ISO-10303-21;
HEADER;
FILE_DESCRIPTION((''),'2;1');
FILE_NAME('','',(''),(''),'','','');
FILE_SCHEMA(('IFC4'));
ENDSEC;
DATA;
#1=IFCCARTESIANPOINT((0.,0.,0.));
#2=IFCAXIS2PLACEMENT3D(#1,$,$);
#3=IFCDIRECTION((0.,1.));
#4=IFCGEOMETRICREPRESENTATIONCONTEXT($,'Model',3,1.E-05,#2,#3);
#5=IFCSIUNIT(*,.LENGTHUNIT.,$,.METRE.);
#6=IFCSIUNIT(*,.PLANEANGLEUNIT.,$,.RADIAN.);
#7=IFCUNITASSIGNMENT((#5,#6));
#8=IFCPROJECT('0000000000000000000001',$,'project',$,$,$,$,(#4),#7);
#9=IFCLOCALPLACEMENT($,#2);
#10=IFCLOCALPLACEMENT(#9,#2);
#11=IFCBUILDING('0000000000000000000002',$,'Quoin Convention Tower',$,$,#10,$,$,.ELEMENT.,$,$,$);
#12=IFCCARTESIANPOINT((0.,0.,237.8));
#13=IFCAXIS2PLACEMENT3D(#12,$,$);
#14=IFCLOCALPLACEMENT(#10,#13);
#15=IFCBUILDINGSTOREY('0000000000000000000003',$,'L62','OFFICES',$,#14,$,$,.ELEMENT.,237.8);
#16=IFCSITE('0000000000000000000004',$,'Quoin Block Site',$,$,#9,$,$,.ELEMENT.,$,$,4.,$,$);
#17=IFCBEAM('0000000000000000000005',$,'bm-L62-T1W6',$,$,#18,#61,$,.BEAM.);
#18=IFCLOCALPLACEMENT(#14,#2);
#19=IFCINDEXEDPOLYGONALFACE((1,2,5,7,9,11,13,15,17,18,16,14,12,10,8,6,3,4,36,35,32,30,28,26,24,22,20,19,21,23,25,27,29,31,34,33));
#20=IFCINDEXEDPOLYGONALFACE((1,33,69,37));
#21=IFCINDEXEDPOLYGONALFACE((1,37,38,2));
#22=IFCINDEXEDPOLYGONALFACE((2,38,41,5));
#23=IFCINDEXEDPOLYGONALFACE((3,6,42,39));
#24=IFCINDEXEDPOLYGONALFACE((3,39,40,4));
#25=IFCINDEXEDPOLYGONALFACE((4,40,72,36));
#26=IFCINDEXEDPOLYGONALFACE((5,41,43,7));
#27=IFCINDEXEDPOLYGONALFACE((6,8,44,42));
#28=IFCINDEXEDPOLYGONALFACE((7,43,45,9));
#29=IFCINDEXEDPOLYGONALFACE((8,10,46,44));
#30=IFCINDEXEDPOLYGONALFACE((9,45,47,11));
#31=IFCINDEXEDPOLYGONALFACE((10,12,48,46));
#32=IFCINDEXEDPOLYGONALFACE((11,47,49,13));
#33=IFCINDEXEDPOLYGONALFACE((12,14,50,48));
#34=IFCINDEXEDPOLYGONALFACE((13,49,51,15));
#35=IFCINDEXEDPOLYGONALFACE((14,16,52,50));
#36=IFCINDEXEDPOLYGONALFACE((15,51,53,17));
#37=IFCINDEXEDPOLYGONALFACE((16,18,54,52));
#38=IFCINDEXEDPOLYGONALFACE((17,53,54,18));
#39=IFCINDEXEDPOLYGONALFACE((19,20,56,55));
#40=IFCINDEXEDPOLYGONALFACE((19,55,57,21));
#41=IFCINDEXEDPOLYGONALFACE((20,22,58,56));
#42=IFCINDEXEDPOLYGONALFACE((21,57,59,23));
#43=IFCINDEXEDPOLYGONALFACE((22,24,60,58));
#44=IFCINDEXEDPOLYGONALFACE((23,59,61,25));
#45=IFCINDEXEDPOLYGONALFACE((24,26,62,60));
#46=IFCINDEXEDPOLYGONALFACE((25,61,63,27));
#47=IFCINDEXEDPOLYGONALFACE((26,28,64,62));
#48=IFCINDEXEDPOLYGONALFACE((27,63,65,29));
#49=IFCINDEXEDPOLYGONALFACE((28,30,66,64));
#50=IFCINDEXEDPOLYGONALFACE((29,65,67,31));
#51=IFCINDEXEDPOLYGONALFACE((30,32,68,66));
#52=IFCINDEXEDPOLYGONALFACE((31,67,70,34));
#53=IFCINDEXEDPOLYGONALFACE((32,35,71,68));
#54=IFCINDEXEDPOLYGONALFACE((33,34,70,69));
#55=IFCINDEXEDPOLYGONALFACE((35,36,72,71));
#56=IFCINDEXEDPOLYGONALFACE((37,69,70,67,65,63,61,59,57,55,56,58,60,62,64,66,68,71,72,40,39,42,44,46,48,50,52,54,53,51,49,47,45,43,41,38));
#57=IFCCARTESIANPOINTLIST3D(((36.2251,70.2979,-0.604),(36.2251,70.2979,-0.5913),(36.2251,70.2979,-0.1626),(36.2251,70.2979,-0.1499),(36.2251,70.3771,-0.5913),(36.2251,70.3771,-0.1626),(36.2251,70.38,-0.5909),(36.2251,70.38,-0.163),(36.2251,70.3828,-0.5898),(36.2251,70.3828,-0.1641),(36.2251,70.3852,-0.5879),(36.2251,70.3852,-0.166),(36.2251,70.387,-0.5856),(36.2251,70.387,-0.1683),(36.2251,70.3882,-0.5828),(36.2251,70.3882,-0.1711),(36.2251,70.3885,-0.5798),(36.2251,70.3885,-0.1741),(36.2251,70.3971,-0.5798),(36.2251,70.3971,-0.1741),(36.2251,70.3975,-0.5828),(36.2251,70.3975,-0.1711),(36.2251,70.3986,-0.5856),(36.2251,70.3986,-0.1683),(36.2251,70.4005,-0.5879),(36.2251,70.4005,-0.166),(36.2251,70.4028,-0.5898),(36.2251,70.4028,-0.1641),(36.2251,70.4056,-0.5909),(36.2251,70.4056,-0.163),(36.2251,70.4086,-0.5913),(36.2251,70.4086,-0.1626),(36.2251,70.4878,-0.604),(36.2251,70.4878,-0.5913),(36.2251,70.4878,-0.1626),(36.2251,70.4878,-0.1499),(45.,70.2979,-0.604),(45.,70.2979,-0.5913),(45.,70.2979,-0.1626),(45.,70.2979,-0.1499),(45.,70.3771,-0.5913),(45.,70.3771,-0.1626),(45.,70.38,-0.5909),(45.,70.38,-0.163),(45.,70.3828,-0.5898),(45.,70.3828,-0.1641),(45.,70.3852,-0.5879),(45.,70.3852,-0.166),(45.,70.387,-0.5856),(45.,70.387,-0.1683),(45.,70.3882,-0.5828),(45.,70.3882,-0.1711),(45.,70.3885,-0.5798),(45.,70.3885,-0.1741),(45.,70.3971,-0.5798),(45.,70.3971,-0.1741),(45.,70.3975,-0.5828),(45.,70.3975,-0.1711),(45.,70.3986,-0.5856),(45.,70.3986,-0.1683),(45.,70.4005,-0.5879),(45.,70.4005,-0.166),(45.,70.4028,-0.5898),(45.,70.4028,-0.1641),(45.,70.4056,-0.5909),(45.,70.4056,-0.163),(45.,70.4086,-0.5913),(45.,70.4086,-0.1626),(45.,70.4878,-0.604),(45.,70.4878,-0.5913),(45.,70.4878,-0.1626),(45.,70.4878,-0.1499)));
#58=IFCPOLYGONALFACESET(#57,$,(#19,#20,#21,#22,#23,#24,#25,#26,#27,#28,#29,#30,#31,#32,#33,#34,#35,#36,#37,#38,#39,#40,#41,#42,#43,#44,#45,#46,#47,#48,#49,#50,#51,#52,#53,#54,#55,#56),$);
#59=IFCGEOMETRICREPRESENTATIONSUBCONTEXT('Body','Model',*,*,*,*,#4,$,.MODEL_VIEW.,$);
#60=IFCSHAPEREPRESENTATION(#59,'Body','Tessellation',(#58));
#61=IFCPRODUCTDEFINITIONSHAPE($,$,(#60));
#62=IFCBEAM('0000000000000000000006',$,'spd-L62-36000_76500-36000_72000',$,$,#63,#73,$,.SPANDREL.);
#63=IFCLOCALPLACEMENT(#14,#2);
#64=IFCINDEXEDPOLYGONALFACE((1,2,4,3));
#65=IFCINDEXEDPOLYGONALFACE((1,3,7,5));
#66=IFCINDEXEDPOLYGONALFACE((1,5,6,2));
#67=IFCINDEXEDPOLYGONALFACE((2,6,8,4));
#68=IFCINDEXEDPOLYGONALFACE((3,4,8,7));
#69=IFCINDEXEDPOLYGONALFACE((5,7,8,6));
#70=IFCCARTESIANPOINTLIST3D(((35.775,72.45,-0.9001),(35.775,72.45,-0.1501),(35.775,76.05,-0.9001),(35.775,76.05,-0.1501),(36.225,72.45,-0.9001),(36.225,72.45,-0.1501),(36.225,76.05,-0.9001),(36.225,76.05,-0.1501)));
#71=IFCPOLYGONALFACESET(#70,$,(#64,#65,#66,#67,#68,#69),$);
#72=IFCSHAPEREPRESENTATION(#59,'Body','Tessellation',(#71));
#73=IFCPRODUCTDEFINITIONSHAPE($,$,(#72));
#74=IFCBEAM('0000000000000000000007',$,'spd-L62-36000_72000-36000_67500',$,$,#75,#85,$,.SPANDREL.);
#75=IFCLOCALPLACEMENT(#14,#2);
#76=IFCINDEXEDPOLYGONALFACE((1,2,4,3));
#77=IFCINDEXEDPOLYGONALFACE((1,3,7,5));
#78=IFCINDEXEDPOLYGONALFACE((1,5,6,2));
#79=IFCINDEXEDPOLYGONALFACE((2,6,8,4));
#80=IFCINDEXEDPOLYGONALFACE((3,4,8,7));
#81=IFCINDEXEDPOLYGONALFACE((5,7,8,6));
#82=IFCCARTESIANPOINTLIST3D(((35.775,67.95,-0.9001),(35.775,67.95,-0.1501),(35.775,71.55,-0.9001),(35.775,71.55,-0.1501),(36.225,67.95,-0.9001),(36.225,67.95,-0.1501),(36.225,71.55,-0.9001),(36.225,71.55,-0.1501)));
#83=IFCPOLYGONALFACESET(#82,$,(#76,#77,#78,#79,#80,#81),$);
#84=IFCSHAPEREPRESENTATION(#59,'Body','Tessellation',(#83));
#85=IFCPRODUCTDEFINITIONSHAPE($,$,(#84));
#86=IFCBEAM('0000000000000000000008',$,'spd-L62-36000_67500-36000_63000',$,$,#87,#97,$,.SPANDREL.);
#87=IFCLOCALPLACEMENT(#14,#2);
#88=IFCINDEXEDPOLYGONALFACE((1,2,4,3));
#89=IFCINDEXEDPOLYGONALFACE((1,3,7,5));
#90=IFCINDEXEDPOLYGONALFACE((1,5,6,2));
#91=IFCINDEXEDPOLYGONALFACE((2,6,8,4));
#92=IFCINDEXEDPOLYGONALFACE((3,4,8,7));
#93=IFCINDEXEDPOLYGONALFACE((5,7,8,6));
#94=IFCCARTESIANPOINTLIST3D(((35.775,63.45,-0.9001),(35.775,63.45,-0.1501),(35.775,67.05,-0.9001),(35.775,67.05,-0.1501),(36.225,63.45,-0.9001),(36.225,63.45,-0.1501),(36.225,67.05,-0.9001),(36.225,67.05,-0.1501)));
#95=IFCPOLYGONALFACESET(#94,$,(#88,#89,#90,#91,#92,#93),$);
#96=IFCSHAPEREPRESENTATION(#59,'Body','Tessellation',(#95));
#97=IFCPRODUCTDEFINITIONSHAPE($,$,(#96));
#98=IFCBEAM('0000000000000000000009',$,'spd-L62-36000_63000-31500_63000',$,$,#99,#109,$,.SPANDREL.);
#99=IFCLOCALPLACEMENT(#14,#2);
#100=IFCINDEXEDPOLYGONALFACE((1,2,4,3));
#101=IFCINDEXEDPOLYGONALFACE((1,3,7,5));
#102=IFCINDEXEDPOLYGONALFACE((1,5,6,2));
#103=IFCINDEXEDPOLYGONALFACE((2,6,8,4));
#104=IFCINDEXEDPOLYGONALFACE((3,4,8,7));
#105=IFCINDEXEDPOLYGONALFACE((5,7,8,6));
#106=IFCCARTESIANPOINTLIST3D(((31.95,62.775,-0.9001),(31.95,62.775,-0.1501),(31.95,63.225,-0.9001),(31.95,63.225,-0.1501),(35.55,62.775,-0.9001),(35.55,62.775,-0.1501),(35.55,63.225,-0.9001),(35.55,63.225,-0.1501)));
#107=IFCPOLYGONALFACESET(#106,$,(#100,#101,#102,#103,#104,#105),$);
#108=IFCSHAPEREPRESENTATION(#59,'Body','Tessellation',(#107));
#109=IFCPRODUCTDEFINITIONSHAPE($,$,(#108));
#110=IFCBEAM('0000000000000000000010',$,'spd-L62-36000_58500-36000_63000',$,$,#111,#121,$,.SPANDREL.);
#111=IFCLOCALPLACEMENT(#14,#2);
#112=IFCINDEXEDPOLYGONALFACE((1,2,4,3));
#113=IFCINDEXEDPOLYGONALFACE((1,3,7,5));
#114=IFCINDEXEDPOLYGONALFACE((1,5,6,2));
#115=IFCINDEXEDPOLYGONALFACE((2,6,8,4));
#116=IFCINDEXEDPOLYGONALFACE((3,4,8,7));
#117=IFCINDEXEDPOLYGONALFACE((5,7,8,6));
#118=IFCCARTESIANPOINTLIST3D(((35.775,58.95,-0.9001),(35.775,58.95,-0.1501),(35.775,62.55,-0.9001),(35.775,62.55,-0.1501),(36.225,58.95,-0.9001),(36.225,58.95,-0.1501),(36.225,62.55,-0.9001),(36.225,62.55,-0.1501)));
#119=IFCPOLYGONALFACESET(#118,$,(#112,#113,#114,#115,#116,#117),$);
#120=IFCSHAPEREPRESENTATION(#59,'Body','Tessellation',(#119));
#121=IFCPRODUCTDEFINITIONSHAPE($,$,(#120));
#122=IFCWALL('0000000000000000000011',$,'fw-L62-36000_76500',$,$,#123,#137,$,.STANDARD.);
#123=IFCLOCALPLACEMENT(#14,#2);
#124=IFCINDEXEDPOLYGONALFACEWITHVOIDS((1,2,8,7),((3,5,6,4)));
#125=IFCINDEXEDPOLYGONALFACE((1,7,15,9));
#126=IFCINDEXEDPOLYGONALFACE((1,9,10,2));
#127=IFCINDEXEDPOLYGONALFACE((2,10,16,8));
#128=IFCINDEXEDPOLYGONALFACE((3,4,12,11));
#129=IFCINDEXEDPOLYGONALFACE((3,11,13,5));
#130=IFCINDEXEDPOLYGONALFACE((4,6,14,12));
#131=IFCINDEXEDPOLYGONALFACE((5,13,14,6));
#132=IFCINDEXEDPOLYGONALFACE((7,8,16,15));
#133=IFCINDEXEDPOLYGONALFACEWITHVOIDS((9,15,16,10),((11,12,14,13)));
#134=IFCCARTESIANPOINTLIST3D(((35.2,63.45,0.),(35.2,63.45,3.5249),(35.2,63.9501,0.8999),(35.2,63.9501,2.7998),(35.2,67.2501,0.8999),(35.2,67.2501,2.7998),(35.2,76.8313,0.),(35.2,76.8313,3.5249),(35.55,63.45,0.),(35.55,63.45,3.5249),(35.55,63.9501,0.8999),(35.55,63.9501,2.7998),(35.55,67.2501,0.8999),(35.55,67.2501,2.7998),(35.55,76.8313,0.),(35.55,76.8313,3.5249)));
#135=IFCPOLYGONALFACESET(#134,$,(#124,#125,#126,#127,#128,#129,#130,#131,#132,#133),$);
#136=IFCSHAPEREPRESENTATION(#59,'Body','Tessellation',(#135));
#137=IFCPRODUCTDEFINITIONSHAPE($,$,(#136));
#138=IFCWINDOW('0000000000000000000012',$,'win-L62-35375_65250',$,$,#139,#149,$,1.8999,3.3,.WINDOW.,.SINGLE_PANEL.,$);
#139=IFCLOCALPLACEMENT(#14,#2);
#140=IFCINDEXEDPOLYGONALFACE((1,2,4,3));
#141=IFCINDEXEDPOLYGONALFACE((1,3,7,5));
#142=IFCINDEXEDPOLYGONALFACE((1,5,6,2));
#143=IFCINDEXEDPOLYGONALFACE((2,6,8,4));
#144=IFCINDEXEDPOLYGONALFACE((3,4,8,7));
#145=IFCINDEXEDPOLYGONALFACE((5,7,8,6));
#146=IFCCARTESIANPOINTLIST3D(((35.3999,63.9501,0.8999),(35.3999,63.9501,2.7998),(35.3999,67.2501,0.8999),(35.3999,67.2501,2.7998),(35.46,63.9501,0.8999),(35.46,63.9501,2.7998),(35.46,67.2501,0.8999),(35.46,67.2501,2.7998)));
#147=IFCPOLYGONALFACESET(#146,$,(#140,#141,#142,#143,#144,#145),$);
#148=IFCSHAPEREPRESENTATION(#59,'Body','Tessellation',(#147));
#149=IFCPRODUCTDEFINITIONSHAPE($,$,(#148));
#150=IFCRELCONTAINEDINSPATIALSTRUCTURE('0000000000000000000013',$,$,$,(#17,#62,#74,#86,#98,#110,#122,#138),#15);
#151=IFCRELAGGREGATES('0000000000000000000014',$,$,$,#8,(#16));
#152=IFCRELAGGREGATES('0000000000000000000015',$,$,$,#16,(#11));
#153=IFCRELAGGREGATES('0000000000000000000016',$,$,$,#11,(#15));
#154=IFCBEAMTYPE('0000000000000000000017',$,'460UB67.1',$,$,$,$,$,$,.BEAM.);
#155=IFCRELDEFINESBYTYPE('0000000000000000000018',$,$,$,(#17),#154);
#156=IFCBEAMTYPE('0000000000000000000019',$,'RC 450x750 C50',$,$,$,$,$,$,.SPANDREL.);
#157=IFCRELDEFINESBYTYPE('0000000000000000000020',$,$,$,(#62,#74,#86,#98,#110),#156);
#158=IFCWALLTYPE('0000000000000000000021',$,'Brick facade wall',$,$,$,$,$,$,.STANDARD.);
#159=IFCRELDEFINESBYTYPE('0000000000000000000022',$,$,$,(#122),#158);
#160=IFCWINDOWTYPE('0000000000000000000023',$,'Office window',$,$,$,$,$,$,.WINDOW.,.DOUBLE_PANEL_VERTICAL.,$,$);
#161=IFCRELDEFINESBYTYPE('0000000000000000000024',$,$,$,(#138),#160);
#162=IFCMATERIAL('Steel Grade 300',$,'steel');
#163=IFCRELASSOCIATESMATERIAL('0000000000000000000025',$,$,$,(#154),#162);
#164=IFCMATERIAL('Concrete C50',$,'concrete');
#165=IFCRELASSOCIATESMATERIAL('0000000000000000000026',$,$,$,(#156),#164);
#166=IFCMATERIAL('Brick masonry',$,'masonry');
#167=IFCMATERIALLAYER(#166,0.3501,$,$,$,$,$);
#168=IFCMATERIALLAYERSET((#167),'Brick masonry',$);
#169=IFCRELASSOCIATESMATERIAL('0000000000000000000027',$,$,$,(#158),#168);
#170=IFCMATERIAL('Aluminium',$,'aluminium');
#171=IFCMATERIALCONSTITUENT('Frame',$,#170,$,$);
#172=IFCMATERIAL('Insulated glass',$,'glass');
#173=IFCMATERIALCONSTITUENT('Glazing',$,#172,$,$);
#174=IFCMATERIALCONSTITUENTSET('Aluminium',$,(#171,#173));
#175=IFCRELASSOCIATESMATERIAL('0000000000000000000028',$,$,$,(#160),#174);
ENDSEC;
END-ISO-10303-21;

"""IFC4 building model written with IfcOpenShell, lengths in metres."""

from ifc_helpers import new_model, si_unit, direction, frame, frame_2d, origin, origin_2d, place, context, subcontext, project, spatial, rectangle, i_section, extrude, material, layer, layer_set, constituent, constituent_set, material_profile, profile_set, type_object, element, fill, save


model = new_model("IFC4")

# Units and contexts
model_context = context("Model", 3, precision=1e-05, world=origin(), true_north=direction((0.0, 1.0)))
body_context = subcontext(model_context, "Body", "Model", "MODEL_VIEW")
ifc_project = project(units=[si_unit("LENGTHUNIT", "METRE"), si_unit("PLANEANGLEUNIT", "RADIAN")], contexts=[model_context])

# Site, building, storey
site_placement = place(None, origin())
site = spatial("IfcSite", under=ifc_project, at=site_placement, Name="Quoin Block Site", CompositionType="ELEMENT", RefElevation=4.0)
building_placement = place(site_placement, origin())
building = spatial("IfcBuilding", under=site, at=building_placement, Name="Quoin Convention Tower", CompositionType="ELEMENT")
storey_placement = place(building_placement, frame((0.0, 0.0, 237.8)))
storey = spatial("IfcBuildingStorey", under=building, at=storey_placement, Name="L62", Description="OFFICES", CompositionType="ELEMENT", Elevation=237.8)

# Shared definitions
ifc_material_1 = material(Name="Concrete C50", Category="concrete")

# Beams
ifc_material_2 = material(Name="Steel Grade 300", Category="steel")
ifc_material_profile_1 = material_profile(ifc_material_2, i_section(OverallWidth=0.1899, OverallDepth=0.4541, WebThickness=0.0085, FlangeThickness=0.0127, FilletRadius=0.0115, at=origin_2d()), Name="460UB67.1")
ifc_profile_set_1 = profile_set([ifc_material_profile_1], Name="Steel Grade 300")
beam_type_1 = type_object("IfcBeamType", Name="460UB67.1", PredefinedType="BEAM", material=ifc_profile_set_1)
for number, where, z_axis, x_axis, name in (
    (1, (36.2251, 70.3928, -0.377), (1.0, 0.0, 0.0), (0.0, 1.0, 0.0), "bm-L62-T1W6"),
):
    element("IfcBeam", number, at=place(storey_placement, frame(where, z_axis=z_axis, x_axis=x_axis)), inside=storey, type_object=beam_type_1, Name=name, PredefinedType="BEAM", context=body_context, shape_type="SweptSolid", body=[
        extrude(i_section(OverallWidth=0.1899, OverallDepth=0.4541, WebThickness=0.0085, FlangeThickness=0.0127, FilletRadius=0.0115, at=origin_2d()), origin(), (0.0, 0.0, 1.0), 8.7749),
    ])
ifc_material_profile_2 = material_profile(ifc_material_1, rectangle(XDim=0.45, YDim=0.75, at=origin_2d()), Name="RC 450x750")
ifc_profile_set_2 = profile_set([ifc_material_profile_2], Name="Concrete C50")
beam_type_2 = type_object("IfcBeamType", Name="RC 450x750 C50", PredefinedType="SPANDREL", material=ifc_profile_set_2)
for number, where, z_axis, x_axis, name in (
    (2, (36.0, 76.05, -0.5251), (0.0, -1.0, 0.0), (1.0, 0.0, 0.0), "spd-L62-36000_76500-36000_72000"),
    (3, (36.0, 71.55, -0.5251), (0.0, -1.0, 0.0), (1.0, 0.0, 0.0), "spd-L62-36000_72000-36000_67500"),
    (4, (36.0, 67.05, -0.5251), (0.0, -1.0, 0.0), (1.0, 0.0, 0.0), "spd-L62-36000_67500-36000_63000"),
    (5, (35.55, 63.0, -0.5251), (-1.0, 0.0, 0.0), (0.0, -1.0, 0.0), "spd-L62-36000_63000-31500_63000"),
    (6, (36.0, 58.95, -0.5251), (0.0, 1.0, 0.0), (-1.0, 0.0, 0.0), "spd-L62-36000_58500-36000_63000"),
):
    element("IfcBeam", number, at=place(storey_placement, frame(where, z_axis=z_axis, x_axis=x_axis)), inside=storey, type_object=beam_type_2, Name=name, PredefinedType="SPANDREL", context=body_context, shape_type="SweptSolid", body=[
        extrude(rectangle(XDim=0.45, YDim=0.75, at=origin_2d()), origin(), (0.0, 0.0, 1.0), 3.6001),
    ])

# Wall, opening, window
ifc_material_3 = material(Name="Brick masonry", Category="masonry")
ifc_layer_1 = layer(ifc_material_3, 0.3501)
ifc_layer_set_1 = layer_set([ifc_layer_1], Name="Brick masonry")
wall_type_1 = type_object("IfcWallType", Name="Brick facade wall", PredefinedType="STANDARD", material=ifc_layer_set_1)
wall_1_placement = place(storey_placement, frame((35.375, 76.8313, 0.0), z_axis=(0.0, 0.0, 1.0), x_axis=(0.0, -1.0, 0.0)))
wall_1 = element("IfcWall", 7, at=wall_1_placement, inside=storey, type_object=wall_type_1, Name="fw-L62-36000_76500", PredefinedType="STANDARD", context=body_context, shape_type="SweptSolid", body=[
    extrude(rectangle(XDim=13.3813, YDim=0.3501, at=frame_2d((6.6907, 0.0))), origin(), (0.0, 0.0, 1.0), 3.5249),
])
opening_1_placement = place(wall_1_placement, frame((9.5813, 0.0, 0.8999)))
opening_1 = element("IfcOpeningElement", 8, at=opening_1_placement, cuts=wall_1, PredefinedType="OPENING", context=body_context, shape_type="SweptSolid", body=[
    extrude(rectangle(XDim=3.3, YDim=1.8999, at=frame_2d((1.6499, 0.95))), frame((0.0, 0.1851, 0.0), z_axis=(0.0, -1.0, 0.0), x_axis=(1.0, 0.0, 0.0)), (0.0, 0.0, 1.0), 0.3701),
])
ifc_material_4 = material(Name="Aluminium", Category="aluminium")
ifc_constituent_1 = constituent(ifc_material_4, Name="Frame")
ifc_material_5 = material(Name="Insulated glass", Category="glass")
ifc_constituent_2 = constituent(ifc_material_5, Name="Glazing")
ifc_constituent_set = constituent_set(constituents=[ifc_constituent_1, ifc_constituent_2], Name="Aluminium")
window_type = type_object("IfcWindowType", Name="Office window", PartitioningType="DOUBLE_PANEL_VERTICAL", PredefinedType="WINDOW", material=ifc_constituent_set)
window_1_placement = place(opening_1_placement, origin())
window_1 = element("IfcWindow", 9, at=window_1_placement, inside=storey, type_object=window_type, Name="win-L62-35375_65250", OverallHeight=1.8999, OverallWidth=3.3, PartitioningType="SINGLE_PANEL", PredefinedType="WINDOW", context=body_context, shape_type="SweptSolid", body=[
    extrude(rectangle(XDim=3.3, YDim=1.8999, at=frame_2d((1.6499, 0.95))), frame((0.0, 0.085, 0.0), z_axis=(0.0, -1.0, 0.0), x_axis=(1.0, 0.0, 0.0)), (0.0, 0.0, 1.0), 0.0601),
])
fill(opening_1, window_1)

save(model, "model.ifc")
